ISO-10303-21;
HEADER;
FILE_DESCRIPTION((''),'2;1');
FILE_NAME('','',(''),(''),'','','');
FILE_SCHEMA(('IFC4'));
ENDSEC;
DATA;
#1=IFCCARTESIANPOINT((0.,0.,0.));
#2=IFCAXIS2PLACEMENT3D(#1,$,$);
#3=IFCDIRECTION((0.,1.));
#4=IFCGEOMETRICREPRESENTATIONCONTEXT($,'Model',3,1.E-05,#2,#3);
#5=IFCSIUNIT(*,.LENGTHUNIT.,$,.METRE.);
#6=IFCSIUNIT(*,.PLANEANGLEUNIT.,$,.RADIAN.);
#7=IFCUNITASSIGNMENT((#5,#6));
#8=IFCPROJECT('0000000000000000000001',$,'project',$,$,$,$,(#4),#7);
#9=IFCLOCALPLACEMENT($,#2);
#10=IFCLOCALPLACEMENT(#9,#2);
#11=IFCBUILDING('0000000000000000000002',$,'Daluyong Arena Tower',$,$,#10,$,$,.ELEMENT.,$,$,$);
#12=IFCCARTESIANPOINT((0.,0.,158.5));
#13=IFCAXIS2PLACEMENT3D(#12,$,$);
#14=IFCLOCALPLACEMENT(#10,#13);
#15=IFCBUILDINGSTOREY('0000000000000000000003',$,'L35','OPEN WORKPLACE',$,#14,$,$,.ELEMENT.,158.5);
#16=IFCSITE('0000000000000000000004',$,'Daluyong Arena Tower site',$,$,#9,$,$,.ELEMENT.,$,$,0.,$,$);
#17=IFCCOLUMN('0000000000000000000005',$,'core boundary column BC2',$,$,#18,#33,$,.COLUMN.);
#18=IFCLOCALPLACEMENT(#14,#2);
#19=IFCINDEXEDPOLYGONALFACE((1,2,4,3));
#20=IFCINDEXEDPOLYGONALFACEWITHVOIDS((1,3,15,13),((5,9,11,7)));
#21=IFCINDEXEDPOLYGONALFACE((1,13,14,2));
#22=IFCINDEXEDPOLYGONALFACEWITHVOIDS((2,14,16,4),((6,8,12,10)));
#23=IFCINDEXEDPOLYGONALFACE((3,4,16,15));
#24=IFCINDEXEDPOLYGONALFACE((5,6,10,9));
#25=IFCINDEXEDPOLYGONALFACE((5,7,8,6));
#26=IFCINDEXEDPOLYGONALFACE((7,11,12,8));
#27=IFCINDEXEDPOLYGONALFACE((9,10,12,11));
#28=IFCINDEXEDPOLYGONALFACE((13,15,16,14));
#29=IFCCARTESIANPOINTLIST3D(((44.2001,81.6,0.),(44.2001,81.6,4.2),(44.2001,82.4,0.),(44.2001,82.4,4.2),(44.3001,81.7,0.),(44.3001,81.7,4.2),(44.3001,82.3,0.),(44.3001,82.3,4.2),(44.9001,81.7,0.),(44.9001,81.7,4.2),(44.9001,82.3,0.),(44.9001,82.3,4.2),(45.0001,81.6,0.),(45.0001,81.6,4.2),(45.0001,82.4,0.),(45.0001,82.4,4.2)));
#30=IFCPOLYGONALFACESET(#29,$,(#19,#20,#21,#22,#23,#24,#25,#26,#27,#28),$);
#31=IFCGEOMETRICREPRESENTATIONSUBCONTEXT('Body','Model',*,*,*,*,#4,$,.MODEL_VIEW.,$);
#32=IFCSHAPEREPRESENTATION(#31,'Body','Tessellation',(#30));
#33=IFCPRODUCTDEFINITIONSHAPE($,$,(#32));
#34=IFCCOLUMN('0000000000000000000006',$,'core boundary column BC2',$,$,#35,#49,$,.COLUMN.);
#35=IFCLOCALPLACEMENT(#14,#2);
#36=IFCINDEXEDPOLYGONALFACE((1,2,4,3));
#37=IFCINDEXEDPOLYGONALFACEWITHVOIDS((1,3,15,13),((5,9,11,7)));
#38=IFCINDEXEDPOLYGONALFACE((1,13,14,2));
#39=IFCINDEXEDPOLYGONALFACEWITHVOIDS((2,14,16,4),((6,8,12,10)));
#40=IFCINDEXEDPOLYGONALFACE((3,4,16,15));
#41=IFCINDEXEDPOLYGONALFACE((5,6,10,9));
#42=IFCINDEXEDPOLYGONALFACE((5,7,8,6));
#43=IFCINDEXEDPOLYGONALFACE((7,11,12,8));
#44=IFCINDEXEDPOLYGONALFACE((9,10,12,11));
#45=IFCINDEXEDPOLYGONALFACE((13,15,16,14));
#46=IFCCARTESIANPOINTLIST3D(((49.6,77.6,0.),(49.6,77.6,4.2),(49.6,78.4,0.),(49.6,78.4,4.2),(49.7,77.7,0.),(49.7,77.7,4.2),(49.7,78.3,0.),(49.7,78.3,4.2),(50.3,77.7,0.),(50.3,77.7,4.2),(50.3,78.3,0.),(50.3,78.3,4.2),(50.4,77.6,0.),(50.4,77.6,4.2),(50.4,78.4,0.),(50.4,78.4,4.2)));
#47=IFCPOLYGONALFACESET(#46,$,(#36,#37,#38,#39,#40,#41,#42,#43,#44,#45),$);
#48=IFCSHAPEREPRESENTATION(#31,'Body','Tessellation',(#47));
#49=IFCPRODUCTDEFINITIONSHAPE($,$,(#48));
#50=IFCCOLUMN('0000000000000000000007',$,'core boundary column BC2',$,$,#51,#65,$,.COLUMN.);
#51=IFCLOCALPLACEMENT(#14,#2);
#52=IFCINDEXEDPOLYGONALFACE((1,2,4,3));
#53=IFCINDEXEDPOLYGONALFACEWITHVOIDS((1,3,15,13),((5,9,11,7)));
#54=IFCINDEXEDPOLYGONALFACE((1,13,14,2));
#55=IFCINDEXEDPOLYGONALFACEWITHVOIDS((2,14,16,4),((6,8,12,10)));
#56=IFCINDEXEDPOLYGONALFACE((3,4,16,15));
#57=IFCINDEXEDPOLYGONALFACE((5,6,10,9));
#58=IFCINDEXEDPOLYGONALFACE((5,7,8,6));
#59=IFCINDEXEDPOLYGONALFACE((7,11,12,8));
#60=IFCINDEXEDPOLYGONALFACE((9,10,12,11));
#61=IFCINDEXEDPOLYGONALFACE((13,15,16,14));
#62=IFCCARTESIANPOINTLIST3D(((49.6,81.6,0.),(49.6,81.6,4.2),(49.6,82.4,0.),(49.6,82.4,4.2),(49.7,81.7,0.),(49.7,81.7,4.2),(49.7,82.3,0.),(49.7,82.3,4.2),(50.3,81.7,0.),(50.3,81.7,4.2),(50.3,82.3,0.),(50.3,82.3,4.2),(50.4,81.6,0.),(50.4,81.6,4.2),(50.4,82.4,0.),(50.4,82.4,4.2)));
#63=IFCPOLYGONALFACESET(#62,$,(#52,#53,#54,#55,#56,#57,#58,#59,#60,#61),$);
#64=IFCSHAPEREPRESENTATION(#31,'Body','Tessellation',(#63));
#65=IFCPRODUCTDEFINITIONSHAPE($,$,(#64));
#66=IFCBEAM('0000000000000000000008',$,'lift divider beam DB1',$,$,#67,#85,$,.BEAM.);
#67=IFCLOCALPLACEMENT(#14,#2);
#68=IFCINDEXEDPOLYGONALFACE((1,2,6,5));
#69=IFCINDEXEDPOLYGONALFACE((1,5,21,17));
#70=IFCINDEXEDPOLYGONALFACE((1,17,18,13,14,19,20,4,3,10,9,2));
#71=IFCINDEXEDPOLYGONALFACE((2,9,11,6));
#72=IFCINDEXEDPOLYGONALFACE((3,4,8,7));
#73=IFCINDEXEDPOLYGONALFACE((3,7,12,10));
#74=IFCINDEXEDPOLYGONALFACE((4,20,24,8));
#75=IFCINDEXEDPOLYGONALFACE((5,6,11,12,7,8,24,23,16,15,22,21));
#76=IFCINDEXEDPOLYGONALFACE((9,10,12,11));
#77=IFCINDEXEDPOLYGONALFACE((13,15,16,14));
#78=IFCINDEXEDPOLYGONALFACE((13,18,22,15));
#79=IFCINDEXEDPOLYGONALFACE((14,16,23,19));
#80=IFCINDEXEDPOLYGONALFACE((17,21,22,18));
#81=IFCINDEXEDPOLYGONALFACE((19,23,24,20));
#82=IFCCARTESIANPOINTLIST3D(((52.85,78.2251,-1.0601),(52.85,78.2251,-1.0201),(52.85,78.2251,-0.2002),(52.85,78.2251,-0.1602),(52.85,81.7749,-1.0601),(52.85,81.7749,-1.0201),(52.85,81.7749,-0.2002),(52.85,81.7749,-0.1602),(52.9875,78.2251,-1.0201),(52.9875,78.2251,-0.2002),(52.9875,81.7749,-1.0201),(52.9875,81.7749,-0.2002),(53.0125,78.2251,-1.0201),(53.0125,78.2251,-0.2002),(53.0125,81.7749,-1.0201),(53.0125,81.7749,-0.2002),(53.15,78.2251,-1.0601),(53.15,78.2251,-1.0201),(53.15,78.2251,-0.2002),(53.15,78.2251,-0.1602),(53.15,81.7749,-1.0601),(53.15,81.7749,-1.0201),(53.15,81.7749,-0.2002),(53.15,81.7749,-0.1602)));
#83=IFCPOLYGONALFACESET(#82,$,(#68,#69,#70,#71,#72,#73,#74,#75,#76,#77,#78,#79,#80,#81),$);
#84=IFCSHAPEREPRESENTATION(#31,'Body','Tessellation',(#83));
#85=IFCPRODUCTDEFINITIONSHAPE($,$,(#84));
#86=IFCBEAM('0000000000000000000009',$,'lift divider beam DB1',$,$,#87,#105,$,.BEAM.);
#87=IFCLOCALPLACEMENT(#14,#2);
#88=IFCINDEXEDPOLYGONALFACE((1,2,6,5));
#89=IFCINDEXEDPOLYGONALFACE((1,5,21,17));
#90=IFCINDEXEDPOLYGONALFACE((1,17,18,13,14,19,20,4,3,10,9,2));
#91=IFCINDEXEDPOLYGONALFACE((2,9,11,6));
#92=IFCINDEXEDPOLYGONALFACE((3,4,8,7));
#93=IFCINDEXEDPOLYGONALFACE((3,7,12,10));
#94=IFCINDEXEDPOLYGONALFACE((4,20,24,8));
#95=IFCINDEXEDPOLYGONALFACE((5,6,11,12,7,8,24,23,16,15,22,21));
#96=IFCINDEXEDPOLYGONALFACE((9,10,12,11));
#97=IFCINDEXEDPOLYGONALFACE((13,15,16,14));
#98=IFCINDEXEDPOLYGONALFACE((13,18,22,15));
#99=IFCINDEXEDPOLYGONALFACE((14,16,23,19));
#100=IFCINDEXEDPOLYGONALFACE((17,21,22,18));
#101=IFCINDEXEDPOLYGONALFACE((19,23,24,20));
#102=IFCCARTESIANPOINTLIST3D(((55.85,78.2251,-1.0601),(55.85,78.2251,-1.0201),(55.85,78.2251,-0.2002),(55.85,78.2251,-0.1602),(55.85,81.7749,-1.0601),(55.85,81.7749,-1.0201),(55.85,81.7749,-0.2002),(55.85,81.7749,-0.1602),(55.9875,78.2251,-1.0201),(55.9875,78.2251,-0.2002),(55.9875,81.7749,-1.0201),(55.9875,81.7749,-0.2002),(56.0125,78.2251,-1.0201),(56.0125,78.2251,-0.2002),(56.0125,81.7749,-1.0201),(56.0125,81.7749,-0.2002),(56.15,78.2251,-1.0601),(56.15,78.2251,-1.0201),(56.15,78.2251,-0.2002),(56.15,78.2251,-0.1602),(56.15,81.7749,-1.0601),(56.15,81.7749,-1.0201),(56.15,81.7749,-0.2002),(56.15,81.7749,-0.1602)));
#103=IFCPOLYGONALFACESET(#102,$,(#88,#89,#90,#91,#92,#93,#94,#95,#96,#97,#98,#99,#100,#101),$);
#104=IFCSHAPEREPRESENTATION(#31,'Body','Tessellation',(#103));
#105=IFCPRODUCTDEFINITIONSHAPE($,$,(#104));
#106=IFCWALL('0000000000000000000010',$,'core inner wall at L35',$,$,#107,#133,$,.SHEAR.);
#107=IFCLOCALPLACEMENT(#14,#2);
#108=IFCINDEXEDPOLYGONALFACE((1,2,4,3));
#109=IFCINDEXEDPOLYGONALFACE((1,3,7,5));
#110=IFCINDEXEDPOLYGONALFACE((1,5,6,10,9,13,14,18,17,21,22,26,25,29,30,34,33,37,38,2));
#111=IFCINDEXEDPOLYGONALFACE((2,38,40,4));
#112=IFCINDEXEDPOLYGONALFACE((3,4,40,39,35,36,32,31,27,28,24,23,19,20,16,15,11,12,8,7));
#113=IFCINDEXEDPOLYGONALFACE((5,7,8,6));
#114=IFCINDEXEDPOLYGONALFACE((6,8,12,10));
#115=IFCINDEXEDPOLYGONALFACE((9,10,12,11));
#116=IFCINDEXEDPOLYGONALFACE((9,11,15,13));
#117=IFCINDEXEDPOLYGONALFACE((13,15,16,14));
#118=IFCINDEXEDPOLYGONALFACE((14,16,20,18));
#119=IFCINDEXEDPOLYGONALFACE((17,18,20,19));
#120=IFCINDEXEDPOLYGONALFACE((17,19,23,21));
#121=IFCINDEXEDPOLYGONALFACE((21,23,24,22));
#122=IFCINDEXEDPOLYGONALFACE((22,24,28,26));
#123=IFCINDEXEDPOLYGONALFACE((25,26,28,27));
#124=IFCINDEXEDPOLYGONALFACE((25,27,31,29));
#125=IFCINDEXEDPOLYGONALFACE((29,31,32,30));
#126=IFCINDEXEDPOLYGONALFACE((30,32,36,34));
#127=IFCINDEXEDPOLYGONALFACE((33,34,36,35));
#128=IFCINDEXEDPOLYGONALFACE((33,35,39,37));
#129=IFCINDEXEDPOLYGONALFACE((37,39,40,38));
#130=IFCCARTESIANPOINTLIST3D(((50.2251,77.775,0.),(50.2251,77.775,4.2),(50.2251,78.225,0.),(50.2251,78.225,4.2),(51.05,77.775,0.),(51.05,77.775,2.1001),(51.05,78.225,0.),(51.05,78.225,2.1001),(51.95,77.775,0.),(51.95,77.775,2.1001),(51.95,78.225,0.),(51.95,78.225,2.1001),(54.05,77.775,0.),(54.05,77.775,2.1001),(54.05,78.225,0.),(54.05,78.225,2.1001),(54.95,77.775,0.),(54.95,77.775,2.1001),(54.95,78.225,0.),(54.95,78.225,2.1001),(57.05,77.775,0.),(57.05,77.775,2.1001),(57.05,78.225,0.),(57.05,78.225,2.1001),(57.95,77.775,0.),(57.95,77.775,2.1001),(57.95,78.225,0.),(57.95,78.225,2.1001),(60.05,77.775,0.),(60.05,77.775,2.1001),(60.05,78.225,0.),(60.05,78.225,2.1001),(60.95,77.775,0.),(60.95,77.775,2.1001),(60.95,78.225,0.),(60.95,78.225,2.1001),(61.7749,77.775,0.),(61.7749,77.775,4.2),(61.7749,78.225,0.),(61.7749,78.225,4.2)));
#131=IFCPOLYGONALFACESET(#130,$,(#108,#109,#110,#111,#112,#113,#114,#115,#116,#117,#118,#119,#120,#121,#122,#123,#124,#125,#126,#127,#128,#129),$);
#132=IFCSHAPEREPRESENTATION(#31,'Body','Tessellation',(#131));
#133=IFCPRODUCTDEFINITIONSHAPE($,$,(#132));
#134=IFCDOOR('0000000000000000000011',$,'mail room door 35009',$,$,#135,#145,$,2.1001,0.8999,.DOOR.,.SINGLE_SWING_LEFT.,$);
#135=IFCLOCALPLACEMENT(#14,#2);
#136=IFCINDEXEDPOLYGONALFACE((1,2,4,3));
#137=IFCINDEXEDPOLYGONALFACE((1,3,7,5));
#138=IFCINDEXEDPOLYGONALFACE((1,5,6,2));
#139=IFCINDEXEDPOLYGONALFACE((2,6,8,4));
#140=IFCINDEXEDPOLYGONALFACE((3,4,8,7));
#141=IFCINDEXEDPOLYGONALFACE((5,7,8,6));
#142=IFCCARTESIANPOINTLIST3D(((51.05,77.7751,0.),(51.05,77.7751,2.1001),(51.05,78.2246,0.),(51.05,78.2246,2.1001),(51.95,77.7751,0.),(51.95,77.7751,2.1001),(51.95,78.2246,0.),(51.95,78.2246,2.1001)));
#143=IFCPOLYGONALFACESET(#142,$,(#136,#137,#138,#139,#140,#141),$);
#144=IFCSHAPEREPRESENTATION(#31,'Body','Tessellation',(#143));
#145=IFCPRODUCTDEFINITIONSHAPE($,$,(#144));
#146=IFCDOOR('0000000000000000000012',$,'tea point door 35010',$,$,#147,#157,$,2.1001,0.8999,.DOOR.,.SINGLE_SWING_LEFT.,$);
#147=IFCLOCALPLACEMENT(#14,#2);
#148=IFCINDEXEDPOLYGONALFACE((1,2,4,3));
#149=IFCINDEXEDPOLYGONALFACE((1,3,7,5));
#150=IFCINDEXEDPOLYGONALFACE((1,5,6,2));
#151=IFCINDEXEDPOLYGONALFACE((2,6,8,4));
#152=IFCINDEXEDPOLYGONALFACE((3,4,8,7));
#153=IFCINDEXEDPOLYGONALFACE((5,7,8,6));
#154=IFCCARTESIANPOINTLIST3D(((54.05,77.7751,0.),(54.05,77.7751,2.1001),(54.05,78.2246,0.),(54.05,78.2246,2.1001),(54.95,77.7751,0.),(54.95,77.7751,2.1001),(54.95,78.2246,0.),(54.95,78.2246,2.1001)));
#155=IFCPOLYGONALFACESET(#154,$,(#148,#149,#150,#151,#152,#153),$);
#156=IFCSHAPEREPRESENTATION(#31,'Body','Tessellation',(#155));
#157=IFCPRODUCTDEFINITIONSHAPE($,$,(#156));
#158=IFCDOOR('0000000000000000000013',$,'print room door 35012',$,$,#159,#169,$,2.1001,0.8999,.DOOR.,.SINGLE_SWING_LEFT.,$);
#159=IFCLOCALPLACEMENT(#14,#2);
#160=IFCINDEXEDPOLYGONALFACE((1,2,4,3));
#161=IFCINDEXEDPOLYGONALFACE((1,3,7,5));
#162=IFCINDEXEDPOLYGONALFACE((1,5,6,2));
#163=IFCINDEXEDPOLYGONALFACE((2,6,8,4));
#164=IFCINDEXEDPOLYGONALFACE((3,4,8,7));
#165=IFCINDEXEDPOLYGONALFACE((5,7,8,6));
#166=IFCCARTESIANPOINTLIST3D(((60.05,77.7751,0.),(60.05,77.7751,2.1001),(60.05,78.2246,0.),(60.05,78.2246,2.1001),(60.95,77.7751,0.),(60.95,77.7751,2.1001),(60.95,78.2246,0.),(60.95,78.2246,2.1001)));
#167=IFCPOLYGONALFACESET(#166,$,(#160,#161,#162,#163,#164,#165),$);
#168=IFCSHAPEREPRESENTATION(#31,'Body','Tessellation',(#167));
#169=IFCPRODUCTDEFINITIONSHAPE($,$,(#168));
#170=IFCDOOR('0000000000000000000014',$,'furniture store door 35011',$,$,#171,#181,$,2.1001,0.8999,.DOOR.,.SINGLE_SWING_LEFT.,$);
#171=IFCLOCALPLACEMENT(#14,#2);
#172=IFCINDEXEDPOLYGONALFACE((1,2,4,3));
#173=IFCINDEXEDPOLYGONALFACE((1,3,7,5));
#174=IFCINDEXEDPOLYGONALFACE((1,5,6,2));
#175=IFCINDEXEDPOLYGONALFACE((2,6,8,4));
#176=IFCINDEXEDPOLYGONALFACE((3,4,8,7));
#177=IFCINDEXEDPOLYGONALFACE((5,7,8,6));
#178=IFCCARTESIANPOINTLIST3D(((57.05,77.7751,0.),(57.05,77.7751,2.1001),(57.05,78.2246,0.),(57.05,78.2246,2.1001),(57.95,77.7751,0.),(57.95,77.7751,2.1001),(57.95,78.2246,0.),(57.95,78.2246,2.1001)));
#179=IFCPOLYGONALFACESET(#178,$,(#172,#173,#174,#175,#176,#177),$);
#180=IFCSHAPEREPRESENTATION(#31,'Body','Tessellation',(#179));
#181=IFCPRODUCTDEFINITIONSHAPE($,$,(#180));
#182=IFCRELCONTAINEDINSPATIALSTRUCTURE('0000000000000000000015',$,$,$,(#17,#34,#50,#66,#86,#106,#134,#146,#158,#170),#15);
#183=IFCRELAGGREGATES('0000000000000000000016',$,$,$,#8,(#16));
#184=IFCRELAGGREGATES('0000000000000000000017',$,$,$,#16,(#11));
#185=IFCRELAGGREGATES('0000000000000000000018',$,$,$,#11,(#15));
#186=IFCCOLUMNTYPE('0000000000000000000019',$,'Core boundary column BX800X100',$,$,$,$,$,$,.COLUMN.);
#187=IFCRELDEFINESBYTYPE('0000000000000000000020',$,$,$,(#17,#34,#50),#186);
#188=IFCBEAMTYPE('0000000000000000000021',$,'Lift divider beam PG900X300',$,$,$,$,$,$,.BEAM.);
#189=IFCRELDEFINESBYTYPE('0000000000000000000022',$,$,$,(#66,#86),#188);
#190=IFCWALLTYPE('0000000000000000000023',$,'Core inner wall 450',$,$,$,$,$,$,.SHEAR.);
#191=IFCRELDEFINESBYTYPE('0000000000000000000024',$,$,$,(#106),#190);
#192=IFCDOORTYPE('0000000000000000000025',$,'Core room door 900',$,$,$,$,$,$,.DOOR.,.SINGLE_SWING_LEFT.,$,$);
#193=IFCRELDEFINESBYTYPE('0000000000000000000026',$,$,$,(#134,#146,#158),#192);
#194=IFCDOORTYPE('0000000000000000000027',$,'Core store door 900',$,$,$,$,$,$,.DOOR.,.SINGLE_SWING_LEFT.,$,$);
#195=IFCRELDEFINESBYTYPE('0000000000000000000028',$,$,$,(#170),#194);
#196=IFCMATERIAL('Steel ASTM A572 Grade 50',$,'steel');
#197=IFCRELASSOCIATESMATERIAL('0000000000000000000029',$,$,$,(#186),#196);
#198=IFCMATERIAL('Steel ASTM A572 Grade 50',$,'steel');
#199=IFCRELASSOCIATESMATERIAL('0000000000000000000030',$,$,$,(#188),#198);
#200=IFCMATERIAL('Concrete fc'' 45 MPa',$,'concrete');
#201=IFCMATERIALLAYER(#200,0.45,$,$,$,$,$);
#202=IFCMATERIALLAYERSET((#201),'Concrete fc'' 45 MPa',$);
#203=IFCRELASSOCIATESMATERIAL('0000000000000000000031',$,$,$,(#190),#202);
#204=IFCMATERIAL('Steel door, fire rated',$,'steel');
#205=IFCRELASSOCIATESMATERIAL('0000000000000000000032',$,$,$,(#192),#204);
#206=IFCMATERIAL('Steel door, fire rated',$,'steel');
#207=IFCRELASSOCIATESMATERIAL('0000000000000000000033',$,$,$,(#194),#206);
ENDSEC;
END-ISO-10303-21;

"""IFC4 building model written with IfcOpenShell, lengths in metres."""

from ifc_helpers import new_model, si_unit, direction, frame, frame_2d, origin, origin_2d, place, context, subcontext, project, spatial, rectangle, hollow_rectangle, i_section, extrude, material, layer, layer_set, material_profile, profile_set, type_object, element, fill, save


model = new_model("IFC4")

# Units and contexts
model_context = context("Model", 3, precision=1e-05, world=origin(), true_north=direction((0.0, 1.0)))
body_context = subcontext(model_context, "Body", "Model", "MODEL_VIEW")
ifc_project = project(units=[si_unit("LENGTHUNIT", "METRE"), si_unit("PLANEANGLEUNIT", "RADIAN")], contexts=[model_context])

# Site, building, storey
site_placement = place(None, origin())
site = spatial("IfcSite", under=ifc_project, at=site_placement, Name="Daluyong Arena Tower site", CompositionType="ELEMENT", RefElevation=0.0)
building_placement = place(site_placement, origin())
building = spatial("IfcBuilding", under=site, at=building_placement, Name="Daluyong Arena Tower", CompositionType="ELEMENT")
storey_placement = place(building_placement, frame((0.0, 0.0, 158.5)))
storey = spatial("IfcBuildingStorey", under=building, at=storey_placement, Name="L35", Description="OPEN WORKPLACE", CompositionType="ELEMENT", Elevation=158.5)

# Columns
ifc_material_1 = material(Name="Steel ASTM A572 Grade 50", Category="steel")
ifc_material_profile_1 = material_profile(ifc_material_1, hollow_rectangle(XDim=0.8, YDim=0.8, WallThickness=0.1, at=origin_2d()))
ifc_profile_set_1 = profile_set([ifc_material_profile_1], Name="Steel ASTM A572 Grade 50")
column_type = type_object("IfcColumnType", Name="Core boundary column BX800X100", PredefinedType="COLUMN", material=ifc_profile_set_1)
for number, where, z_axis, x_axis, name in (
    (1, (44.6001, 82.0, 0.0), (0.0, 0.0, 1.0), (1.0, 0.0, 0.0), "core boundary column BC2"),
    (2, (50.0, 78.0, 0.0), (0.0, 0.0, 1.0), (1.0, 0.0, 0.0), "core boundary column BC2"),
    (3, (50.0, 82.0, 0.0), (0.0, 0.0, 1.0), (1.0, 0.0, 0.0), "core boundary column BC2"),
):
    element("IfcColumn", number, at=place(storey_placement, frame(where, z_axis=z_axis, x_axis=x_axis)), inside=storey, type_object=column_type, Name=name, PredefinedType="COLUMN", context=body_context, shape_type="SweptSolid", body=[
        extrude(hollow_rectangle(XDim=0.8, YDim=0.8, WallThickness=0.1, at=origin_2d()), origin(), (0.0, 0.0, 1.0), 4.2),
    ])

# Beams
ifc_material_2 = material(Name="Steel ASTM A572 Grade 50", Category="steel")
ifc_material_profile_2 = material_profile(ifc_material_2, i_section(OverallWidth=0.3, OverallDepth=0.8999, WebThickness=0.025, FlangeThickness=0.04, at=origin_2d()))
ifc_profile_set_2 = profile_set([ifc_material_profile_2], Name="Steel ASTM A572 Grade 50")
beam_type = type_object("IfcBeamType", Name="Lift divider beam PG900X300", PredefinedType="BEAM", material=ifc_profile_set_2)
for number, where, z_axis, x_axis, name in (
    (4, (53.0, 78.2251, -0.6101), (0.0, 1.0, 0.0), (-1.0, 0.0, 0.0), "lift divider beam DB1"),
    (5, (56.0, 78.2251, -0.6101), (0.0, 1.0, 0.0), (-1.0, 0.0, 0.0), "lift divider beam DB1"),
):
    element("IfcBeam", number, at=place(storey_placement, frame(where, z_axis=z_axis, x_axis=x_axis)), inside=storey, type_object=beam_type, Name=name, PredefinedType="BEAM", context=body_context, shape_type="SweptSolid", body=[
        extrude(i_section(OverallWidth=0.3, OverallDepth=0.8999, WebThickness=0.025, FlangeThickness=0.04, at=origin_2d()), origin(), (0.0, 0.0, 1.0), 3.5498),
    ])

# Wall, openings, doors
ifc_material_3 = material(Name="Concrete fc' 45 MPa", Category="concrete")
ifc_layer_1 = layer(ifc_material_3, 0.45)
ifc_layer_set_1 = layer_set([ifc_layer_1], Name="Concrete fc' 45 MPa")
wall_type_1 = type_object("IfcWallType", Name="Core inner wall 450", PredefinedType="SHEAR", material=ifc_layer_set_1)
wall_1_placement = place(storey_placement, frame((50.2251, 78.0, 0.0), z_axis=(0.0, 0.0, 1.0), x_axis=(1.0, 0.0, 0.0)))
wall_1 = element("IfcWall", 6, at=wall_1_placement, inside=storey, type_object=wall_type_1, Name="core inner wall at L35", PredefinedType="SHEAR", context=body_context, shape_type="SweptSolid", body=[
    extrude(rectangle(XDim=11.5498, YDim=0.45, at=frame_2d((5.7749, 0.0))), origin(), (0.0, 0.0, 1.0), 4.2),
])
opening_1_placement = place(wall_1_placement, frame((0.825, 0.0, 0.0)))
opening_1 = element("IfcOpeningElement", 7, at=opening_1_placement, cuts=wall_1, PredefinedType="OPENING", context=body_context, shape_type="SweptSolid", body=[
    extrude(rectangle(XDim=0.8999, YDim=2.1001, at=frame_2d((0.45, 1.05))), frame((0.0, 0.2349, 0.0), z_axis=(0.0, -1.0, 0.0), x_axis=(1.0, 0.0, 0.0)), (0.0, 0.0, 1.0), 0.47),
])
opening_2_placement = place(wall_1_placement, frame((3.825, 0.0, 0.0)))
opening_2 = element("IfcOpeningElement", 8, at=opening_2_placement, cuts=wall_1, PredefinedType="OPENING", context=body_context, shape_type="SweptSolid", body=[
    extrude(rectangle(XDim=0.8999, YDim=2.1001, at=frame_2d((0.45, 1.05))), frame((0.0, 0.2349, 0.0), z_axis=(0.0, -1.0, 0.0), x_axis=(1.0, 0.0, 0.0)), (0.0, 0.0, 1.0), 0.47),
])
opening_3_placement = place(wall_1_placement, frame((6.825, 0.0, 0.0)))
opening_3 = element("IfcOpeningElement", 9, at=opening_3_placement, cuts=wall_1, PredefinedType="OPENING", context=body_context, shape_type="SweptSolid", body=[
    extrude(rectangle(XDim=0.8999, YDim=2.1001, at=frame_2d((0.45, 1.05))), frame((0.0, 0.2349, 0.0), z_axis=(0.0, -1.0, 0.0), x_axis=(1.0, 0.0, 0.0)), (0.0, 0.0, 1.0), 0.47),
])
opening_4_placement = place(wall_1_placement, frame((9.825, 0.0, 0.0)))
opening_4 = element("IfcOpeningElement", 10, at=opening_4_placement, cuts=wall_1, PredefinedType="OPENING", context=body_context, shape_type="SweptSolid", body=[
    extrude(rectangle(XDim=0.8999, YDim=2.1001, at=frame_2d((0.45, 1.05))), frame((0.0, 0.2349, 0.0), z_axis=(0.0, -1.0, 0.0), x_axis=(1.0, 0.0, 0.0)), (0.0, 0.0, 1.0), 0.47),
])
ifc_material_4 = material(Name="Steel door, fire rated", Category="steel")
door_type_1 = type_object("IfcDoorType", Name="Core room door 900", OperationType="SINGLE_SWING_LEFT", PredefinedType="DOOR", material=ifc_material_4)
door_1_placement = place(opening_1_placement, origin())
door_1 = element("IfcDoor", 11, at=door_1_placement, inside=storey, type_object=door_type_1, Name="mail room door 35009", OperationType="SINGLE_SWING_LEFT", OverallHeight=2.1001, OverallWidth=0.8999, PredefinedType="DOOR", context=body_context, shape_type="SweptSolid", body=[
    extrude(rectangle(XDim=0.8999, YDim=2.1001, at=frame_2d((0.45, 1.05))), frame((0.0, 0.2246, 0.0), z_axis=(0.0, -1.0, 0.0), x_axis=(1.0, 0.0, 0.0)), (0.0, 0.0, 1.0), 0.4495),
])
fill(opening_1, door_1)
door_2_placement = place(opening_2_placement, origin())
door_2 = element("IfcDoor", 12, at=door_2_placement, inside=storey, type_object=door_type_1, Name="tea point door 35010", OperationType="SINGLE_SWING_LEFT", OverallHeight=2.1001, OverallWidth=0.8999, PredefinedType="DOOR", context=body_context, shape_type="SweptSolid", body=[
    extrude(rectangle(XDim=0.8999, YDim=2.1001, at=frame_2d((0.45, 1.05))), frame((0.0, 0.2246, 0.0), z_axis=(0.0, -1.0, 0.0), x_axis=(1.0, 0.0, 0.0)), (0.0, 0.0, 1.0), 0.4495),
])
fill(opening_2, door_2)
door_3_placement = place(opening_4_placement, origin())
door_3 = element("IfcDoor", 13, at=door_3_placement, inside=storey, type_object=door_type_1, Name="print room door 35012", OperationType="SINGLE_SWING_LEFT", OverallHeight=2.1001, OverallWidth=0.8999, PredefinedType="DOOR", context=body_context, shape_type="SweptSolid", body=[
    extrude(rectangle(XDim=0.8999, YDim=2.1001, at=frame_2d((0.45, 1.05))), frame((0.0, 0.2246, 0.0), z_axis=(0.0, -1.0, 0.0), x_axis=(1.0, 0.0, 0.0)), (0.0, 0.0, 1.0), 0.4495),
])
fill(opening_4, door_3)
ifc_material_5 = material(Name="Steel door, fire rated", Category="steel")
door_type_2 = type_object("IfcDoorType", Name="Core store door 900", OperationType="SINGLE_SWING_LEFT", PredefinedType="DOOR", material=ifc_material_5)
door_4_placement = place(opening_3_placement, origin())
door_4 = element("IfcDoor", 14, at=door_4_placement, inside=storey, type_object=door_type_2, Name="furniture store door 35011", OperationType="SINGLE_SWING_LEFT", OverallHeight=2.1001, OverallWidth=0.8999, PredefinedType="DOOR", context=body_context, shape_type="SweptSolid", body=[
    extrude(rectangle(XDim=0.8999, YDim=2.1001, at=frame_2d((0.45, 1.05))), frame((0.0, 0.2246, 0.0), z_axis=(0.0, -1.0, 0.0), x_axis=(1.0, 0.0, 0.0)), (0.0, 0.0, 1.0), 0.4495),
])
fill(opening_3, door_4)

save(model, "model.ifc")
